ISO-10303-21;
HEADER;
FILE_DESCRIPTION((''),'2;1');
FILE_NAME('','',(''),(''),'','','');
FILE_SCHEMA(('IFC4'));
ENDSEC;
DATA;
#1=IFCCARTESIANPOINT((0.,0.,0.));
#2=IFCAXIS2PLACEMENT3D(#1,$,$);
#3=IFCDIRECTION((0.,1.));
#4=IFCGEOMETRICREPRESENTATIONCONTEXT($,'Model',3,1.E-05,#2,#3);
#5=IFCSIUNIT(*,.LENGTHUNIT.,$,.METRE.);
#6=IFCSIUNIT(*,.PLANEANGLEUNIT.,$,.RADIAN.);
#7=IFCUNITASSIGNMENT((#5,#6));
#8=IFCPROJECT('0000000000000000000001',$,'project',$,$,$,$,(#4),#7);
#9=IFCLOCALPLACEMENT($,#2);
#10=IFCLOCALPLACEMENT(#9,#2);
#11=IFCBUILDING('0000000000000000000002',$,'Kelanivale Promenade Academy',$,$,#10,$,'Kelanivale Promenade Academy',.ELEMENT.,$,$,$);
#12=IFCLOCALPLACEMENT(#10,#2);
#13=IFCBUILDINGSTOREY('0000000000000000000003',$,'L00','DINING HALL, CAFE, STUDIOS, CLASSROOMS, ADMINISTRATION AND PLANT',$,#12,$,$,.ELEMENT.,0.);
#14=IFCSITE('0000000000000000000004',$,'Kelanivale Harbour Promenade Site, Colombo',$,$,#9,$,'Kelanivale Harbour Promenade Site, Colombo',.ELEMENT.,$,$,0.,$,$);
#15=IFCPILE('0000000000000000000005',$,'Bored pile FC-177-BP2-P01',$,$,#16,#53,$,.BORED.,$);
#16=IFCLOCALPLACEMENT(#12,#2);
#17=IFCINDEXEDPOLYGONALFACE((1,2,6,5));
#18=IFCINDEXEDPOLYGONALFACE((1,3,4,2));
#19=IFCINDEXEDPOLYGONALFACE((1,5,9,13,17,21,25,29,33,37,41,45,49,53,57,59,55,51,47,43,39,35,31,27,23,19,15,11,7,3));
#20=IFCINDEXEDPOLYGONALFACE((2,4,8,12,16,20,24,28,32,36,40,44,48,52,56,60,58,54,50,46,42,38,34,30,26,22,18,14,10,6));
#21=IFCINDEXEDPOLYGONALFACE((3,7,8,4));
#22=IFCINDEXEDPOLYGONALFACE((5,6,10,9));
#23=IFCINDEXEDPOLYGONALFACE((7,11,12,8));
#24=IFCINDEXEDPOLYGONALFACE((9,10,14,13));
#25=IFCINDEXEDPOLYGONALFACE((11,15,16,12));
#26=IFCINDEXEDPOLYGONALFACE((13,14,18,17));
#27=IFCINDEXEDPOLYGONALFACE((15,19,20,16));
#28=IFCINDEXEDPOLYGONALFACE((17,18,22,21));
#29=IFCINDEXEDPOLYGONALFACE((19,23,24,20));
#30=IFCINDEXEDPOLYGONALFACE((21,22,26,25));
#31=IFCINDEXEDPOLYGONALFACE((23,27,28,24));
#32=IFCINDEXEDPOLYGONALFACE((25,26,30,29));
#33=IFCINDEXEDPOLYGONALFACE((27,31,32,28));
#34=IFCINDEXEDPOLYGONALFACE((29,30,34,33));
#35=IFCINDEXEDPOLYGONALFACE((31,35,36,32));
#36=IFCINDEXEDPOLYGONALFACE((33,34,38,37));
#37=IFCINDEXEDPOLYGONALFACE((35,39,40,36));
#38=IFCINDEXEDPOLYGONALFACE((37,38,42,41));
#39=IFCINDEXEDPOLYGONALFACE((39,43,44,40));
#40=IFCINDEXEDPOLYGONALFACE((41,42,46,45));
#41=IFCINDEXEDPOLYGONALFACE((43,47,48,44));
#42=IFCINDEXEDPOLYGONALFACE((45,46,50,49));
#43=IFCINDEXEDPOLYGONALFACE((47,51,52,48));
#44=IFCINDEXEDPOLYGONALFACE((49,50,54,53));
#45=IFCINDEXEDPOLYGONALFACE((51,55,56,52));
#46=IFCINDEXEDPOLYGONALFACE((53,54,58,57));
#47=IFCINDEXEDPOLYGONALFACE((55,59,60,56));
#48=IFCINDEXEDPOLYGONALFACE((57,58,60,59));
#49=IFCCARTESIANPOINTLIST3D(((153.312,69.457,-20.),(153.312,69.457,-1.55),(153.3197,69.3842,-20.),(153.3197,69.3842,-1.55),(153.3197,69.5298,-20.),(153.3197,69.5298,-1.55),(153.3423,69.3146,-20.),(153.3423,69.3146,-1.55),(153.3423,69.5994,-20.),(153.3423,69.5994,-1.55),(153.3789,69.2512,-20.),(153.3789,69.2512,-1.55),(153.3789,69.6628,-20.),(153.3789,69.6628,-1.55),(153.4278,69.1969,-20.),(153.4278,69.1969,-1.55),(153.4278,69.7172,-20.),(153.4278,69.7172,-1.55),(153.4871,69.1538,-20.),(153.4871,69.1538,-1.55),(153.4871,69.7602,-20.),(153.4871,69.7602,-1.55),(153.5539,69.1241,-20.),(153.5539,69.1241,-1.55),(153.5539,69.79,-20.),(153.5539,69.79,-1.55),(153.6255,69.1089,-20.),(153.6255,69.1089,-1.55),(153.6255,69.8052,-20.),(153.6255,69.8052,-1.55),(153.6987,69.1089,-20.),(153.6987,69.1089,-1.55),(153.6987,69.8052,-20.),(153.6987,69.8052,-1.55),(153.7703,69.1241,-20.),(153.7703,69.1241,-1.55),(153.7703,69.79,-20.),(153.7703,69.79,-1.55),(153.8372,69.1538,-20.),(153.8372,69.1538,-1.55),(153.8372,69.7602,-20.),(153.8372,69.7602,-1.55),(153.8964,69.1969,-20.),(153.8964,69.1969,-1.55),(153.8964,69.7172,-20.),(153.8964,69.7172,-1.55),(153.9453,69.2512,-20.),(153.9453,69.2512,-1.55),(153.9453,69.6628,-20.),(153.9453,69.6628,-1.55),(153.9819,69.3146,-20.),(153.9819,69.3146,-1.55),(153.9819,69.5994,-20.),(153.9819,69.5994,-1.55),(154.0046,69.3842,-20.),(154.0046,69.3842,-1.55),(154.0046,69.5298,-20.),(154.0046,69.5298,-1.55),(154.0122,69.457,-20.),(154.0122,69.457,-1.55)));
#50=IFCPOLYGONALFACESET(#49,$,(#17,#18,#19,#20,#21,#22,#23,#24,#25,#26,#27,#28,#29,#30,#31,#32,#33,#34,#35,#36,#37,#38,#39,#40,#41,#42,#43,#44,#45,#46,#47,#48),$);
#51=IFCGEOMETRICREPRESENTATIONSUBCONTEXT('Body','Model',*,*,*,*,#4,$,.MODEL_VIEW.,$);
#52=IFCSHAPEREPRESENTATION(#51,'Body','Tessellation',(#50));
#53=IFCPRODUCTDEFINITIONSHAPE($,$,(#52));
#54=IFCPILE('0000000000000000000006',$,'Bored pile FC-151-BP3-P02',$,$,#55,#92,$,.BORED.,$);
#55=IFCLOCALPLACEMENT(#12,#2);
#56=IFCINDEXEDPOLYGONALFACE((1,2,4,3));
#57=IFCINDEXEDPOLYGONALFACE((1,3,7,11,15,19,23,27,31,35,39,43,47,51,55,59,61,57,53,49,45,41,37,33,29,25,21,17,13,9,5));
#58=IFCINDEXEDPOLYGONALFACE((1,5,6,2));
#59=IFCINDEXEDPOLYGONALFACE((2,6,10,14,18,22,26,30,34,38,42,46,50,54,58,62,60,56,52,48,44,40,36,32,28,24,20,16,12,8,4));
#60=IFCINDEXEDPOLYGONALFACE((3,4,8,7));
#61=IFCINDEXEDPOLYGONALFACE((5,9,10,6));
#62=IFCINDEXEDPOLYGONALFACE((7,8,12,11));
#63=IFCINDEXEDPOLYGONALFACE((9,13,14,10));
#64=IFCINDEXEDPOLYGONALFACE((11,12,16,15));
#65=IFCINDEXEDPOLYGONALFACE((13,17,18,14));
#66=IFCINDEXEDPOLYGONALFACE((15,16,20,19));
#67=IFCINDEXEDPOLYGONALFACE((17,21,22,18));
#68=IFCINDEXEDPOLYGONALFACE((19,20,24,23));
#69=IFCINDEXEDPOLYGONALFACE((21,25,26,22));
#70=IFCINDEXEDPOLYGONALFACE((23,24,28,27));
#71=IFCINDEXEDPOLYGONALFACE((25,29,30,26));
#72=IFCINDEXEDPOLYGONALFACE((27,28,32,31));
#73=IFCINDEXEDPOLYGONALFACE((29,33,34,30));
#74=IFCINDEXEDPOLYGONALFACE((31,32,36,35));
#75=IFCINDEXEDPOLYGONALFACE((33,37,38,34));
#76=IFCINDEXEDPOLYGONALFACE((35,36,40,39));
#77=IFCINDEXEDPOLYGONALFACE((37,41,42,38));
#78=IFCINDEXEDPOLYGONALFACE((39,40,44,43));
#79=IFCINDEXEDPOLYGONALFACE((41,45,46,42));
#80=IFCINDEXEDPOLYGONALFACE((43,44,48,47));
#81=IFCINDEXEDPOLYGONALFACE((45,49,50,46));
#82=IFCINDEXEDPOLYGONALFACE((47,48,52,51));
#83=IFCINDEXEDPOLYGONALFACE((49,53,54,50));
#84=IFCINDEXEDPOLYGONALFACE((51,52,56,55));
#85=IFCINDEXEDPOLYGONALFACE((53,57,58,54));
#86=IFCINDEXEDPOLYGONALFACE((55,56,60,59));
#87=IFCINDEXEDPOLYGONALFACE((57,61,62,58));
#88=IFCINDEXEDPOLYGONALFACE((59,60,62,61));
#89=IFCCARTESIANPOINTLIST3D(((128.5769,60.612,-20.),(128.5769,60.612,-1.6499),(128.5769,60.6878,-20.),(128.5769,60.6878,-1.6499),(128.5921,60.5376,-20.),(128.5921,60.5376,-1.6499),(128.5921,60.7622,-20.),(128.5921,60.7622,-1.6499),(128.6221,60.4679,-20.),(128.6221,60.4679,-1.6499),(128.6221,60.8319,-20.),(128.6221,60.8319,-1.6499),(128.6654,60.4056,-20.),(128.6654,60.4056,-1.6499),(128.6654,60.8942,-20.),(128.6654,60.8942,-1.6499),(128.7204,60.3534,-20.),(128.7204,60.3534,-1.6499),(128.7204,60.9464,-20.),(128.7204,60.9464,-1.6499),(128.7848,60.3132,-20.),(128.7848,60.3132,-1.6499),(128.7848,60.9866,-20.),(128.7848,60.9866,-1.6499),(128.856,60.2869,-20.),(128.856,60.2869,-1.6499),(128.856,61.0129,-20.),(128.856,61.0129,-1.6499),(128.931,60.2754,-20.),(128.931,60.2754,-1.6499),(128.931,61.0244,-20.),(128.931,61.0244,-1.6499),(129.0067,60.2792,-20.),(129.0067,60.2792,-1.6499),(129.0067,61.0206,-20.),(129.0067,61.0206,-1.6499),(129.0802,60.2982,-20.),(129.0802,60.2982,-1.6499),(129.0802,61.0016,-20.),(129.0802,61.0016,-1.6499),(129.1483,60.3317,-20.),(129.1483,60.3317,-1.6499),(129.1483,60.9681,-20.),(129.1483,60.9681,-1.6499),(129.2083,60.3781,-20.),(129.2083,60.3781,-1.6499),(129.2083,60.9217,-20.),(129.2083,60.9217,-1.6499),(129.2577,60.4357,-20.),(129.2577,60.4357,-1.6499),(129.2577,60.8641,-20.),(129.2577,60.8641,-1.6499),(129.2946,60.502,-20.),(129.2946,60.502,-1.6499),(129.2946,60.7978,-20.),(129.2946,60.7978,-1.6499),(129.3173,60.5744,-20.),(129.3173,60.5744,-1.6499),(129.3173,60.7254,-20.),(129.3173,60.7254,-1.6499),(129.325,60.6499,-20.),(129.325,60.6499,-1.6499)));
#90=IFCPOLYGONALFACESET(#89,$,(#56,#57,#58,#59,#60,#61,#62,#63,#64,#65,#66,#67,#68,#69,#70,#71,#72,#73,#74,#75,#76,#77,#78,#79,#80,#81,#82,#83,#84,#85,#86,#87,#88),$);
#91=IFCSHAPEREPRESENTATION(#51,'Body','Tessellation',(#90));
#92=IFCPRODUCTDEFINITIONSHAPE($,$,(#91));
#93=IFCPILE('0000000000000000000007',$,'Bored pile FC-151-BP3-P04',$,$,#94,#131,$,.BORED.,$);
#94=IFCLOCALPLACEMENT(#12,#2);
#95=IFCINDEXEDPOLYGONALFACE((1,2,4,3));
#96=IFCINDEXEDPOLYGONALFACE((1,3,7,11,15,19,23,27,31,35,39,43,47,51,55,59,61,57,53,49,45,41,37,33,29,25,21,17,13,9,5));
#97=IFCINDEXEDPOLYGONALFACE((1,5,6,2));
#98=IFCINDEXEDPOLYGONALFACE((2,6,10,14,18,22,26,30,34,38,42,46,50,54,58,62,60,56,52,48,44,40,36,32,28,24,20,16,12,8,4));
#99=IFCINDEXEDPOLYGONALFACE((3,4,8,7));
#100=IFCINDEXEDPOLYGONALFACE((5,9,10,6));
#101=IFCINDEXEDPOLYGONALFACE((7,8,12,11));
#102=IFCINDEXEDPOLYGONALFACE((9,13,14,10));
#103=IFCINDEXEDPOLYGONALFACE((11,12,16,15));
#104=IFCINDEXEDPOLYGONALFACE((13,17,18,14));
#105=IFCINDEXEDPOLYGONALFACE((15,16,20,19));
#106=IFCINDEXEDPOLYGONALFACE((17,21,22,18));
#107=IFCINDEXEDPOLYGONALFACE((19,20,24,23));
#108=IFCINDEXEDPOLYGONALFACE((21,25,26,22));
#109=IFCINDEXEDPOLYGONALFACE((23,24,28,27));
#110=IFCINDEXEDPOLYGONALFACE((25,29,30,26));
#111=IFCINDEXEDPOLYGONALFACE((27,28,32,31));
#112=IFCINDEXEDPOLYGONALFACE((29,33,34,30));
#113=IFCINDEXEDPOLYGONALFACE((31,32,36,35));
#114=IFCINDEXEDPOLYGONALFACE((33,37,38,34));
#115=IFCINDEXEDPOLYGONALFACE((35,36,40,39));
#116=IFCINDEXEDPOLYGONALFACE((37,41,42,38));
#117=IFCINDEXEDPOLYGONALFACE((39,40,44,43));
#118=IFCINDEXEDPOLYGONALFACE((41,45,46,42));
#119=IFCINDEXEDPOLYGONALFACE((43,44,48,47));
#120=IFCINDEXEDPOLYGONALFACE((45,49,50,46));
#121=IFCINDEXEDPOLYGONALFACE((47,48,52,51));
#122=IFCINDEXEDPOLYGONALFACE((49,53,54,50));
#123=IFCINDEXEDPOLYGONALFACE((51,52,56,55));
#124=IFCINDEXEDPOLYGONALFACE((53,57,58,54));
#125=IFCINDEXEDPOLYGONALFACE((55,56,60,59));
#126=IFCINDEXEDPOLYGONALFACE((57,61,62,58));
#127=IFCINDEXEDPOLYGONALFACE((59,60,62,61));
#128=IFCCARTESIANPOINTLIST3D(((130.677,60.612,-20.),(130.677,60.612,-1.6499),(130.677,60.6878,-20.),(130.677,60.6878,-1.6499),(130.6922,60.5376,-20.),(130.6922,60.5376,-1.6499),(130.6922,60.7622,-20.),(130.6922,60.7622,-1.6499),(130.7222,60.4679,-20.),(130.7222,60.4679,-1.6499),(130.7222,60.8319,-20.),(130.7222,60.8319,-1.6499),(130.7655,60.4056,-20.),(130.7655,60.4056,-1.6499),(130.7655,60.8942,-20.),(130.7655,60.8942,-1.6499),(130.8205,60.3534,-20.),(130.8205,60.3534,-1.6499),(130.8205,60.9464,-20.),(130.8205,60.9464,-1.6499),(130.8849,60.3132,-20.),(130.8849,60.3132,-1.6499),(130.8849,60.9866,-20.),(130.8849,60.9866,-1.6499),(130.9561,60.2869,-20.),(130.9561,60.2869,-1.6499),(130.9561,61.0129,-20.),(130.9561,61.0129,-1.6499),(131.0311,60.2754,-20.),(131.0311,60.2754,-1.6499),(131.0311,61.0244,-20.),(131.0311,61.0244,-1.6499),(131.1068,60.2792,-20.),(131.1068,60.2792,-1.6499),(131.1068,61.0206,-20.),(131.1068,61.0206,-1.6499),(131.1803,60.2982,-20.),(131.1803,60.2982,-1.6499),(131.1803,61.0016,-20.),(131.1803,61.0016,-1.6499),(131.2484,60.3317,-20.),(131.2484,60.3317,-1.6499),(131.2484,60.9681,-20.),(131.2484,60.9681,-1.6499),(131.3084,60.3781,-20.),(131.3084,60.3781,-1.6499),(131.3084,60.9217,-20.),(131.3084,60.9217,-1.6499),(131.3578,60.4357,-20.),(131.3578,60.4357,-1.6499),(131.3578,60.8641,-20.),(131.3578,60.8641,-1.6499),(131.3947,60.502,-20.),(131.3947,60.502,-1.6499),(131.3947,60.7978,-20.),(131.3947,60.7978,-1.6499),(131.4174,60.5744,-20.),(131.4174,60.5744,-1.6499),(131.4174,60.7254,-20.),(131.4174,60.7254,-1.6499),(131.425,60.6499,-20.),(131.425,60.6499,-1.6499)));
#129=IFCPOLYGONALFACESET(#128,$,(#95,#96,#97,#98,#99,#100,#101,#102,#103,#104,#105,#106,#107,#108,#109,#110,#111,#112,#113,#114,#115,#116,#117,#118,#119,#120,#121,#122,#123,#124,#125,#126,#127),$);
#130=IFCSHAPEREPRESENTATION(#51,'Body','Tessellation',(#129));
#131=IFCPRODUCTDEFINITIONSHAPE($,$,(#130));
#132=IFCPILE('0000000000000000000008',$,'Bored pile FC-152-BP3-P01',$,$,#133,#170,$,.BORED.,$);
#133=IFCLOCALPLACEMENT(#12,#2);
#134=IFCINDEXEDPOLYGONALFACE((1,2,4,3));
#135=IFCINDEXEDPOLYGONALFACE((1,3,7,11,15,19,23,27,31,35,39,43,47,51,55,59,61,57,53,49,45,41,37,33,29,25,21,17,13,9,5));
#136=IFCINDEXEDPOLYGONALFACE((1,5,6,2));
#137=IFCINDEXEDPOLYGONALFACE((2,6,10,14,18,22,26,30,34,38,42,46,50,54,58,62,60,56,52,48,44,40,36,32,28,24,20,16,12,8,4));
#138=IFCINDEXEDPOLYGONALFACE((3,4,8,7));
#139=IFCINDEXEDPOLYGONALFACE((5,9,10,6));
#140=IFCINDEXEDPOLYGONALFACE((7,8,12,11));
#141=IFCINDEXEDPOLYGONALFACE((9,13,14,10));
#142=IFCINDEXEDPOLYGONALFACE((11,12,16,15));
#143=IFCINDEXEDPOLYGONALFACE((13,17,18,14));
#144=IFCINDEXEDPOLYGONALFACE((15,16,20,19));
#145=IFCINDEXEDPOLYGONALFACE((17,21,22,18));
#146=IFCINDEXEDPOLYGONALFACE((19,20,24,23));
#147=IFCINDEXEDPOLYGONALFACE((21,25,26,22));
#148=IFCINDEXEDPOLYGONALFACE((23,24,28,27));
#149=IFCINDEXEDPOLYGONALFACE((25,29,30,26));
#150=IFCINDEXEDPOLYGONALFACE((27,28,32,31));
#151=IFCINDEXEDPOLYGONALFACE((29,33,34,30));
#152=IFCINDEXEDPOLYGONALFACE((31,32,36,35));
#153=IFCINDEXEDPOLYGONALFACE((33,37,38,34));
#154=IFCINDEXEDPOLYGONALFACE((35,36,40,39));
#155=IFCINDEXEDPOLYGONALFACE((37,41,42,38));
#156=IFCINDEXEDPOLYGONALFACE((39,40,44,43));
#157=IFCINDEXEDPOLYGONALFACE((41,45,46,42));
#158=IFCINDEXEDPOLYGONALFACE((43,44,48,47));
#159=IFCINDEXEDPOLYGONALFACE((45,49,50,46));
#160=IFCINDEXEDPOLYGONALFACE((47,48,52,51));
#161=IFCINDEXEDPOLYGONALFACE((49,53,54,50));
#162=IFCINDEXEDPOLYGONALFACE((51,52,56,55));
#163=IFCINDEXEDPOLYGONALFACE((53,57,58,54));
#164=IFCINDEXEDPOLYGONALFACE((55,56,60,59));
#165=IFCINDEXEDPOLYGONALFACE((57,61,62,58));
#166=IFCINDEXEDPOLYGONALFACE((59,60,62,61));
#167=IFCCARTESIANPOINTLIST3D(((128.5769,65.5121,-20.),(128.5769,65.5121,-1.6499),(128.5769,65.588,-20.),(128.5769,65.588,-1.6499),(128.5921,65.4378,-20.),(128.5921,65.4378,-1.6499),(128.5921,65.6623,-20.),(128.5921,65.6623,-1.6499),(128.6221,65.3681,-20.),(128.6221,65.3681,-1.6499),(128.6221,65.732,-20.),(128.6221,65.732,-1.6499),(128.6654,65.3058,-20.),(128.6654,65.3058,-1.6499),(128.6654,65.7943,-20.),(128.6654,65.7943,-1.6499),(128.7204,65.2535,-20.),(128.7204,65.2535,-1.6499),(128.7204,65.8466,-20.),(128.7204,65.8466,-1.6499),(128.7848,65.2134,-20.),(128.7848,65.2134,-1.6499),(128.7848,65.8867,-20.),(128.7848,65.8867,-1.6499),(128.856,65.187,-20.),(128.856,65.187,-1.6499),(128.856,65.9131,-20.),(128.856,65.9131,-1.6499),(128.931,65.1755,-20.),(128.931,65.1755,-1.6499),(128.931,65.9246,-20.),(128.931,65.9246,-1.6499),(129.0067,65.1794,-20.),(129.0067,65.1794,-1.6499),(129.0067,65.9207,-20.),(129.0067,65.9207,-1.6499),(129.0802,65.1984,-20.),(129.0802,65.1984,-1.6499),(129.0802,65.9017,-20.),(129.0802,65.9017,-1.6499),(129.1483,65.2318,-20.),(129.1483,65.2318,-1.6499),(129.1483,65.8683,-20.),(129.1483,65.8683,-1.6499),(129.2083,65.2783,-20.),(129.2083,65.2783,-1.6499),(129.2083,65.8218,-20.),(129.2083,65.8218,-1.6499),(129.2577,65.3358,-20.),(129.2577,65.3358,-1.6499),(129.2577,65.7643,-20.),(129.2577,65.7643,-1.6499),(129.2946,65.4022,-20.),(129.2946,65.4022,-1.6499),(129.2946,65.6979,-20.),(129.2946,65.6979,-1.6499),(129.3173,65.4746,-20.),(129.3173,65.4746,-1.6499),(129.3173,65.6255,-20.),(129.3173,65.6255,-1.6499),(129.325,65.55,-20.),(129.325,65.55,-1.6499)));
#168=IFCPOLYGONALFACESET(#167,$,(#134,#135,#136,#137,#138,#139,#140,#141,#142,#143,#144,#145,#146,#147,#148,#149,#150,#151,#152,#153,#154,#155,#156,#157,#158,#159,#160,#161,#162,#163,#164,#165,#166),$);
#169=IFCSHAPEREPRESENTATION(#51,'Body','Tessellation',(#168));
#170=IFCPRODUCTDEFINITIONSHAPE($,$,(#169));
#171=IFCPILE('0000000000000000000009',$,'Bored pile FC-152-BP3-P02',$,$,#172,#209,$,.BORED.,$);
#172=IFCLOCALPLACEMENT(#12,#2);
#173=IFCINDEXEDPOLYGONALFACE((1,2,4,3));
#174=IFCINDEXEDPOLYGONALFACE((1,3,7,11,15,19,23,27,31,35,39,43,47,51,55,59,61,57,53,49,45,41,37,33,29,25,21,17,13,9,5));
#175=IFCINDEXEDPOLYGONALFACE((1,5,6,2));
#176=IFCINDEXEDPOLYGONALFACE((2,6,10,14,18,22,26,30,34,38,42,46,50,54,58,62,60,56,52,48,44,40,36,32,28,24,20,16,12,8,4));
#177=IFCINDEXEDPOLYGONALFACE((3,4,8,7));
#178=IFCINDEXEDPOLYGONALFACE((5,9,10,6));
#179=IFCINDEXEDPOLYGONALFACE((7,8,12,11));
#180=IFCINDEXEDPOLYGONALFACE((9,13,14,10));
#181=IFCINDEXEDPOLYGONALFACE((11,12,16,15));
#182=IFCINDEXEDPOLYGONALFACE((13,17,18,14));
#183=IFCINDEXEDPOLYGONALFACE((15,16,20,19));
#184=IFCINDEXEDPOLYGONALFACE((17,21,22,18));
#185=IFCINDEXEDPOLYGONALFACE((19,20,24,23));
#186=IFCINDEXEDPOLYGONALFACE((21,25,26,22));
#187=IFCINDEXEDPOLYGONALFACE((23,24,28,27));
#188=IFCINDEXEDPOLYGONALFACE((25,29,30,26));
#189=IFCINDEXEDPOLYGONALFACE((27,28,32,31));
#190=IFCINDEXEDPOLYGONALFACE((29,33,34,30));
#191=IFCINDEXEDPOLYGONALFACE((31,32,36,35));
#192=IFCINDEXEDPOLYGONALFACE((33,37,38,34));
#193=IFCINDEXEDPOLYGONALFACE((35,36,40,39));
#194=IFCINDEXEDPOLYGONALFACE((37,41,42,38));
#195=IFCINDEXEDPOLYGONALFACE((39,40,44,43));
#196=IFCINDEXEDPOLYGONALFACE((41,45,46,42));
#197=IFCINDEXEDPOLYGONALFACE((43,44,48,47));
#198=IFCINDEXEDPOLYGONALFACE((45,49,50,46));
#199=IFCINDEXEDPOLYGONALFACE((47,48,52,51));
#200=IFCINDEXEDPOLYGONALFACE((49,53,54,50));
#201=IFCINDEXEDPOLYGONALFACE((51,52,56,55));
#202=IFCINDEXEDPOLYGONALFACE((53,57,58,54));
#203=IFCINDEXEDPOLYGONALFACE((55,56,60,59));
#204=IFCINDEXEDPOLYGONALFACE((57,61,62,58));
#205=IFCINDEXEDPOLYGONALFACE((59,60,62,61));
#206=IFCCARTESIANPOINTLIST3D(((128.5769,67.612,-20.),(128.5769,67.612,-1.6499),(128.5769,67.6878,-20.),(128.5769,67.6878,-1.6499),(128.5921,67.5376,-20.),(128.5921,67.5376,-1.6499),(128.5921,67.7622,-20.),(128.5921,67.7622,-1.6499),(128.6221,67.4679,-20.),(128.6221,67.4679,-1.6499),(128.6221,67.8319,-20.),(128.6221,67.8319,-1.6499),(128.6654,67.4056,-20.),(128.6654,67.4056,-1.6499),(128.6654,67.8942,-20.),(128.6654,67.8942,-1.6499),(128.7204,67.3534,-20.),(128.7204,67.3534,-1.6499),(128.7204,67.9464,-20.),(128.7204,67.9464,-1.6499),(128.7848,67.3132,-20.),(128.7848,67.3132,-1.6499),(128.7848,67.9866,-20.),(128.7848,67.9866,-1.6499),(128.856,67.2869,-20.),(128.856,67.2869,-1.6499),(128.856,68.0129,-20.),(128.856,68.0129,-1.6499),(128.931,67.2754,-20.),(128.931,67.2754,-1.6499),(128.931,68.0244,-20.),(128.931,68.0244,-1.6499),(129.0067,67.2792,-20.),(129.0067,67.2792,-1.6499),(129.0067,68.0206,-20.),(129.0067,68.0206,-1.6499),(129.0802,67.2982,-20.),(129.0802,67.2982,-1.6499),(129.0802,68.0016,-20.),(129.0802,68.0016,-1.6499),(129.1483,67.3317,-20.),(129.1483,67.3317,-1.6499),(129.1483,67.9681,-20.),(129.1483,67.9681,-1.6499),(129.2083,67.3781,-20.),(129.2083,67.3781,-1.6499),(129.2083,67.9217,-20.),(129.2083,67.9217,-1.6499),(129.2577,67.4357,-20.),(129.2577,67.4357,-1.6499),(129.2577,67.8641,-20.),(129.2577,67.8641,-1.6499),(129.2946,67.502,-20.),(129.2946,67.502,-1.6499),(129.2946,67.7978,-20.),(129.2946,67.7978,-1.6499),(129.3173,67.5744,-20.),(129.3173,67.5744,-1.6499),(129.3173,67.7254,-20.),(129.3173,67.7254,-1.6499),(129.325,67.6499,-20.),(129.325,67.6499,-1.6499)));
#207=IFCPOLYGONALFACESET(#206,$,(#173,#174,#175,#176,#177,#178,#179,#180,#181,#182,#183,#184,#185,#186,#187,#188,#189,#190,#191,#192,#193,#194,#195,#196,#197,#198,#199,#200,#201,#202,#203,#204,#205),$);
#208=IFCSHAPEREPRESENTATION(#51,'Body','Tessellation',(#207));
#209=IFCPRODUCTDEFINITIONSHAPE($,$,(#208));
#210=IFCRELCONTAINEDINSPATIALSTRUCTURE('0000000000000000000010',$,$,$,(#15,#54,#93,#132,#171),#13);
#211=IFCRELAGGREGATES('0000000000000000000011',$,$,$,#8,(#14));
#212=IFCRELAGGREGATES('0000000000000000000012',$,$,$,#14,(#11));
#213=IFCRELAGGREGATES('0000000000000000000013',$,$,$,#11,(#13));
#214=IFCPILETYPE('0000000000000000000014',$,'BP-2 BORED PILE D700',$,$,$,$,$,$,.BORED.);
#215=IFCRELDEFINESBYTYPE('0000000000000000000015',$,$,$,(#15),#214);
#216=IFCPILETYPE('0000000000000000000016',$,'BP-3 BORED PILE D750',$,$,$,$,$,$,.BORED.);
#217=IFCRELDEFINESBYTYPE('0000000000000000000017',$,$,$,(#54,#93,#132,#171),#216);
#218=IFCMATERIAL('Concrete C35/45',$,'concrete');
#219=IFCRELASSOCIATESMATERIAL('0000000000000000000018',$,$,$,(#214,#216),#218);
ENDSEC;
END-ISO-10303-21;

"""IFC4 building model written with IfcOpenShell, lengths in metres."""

from ifc_helpers import new_model, si_unit, direction, frame, origin, origin_2d, place, context, subcontext, project, spatial, circle, extrude, material, material_profile, profile_set, type_object, element, save


model = new_model("IFC4")

# Units and contexts
model_context = context("Model", 3, precision=1e-05, world=origin(), true_north=direction((0.0, 1.0)))
body_context = subcontext(model_context, "Body", "Model", "MODEL_VIEW")
ifc_project = project(units=[si_unit("LENGTHUNIT", "METRE"), si_unit("PLANEANGLEUNIT", "RADIAN")], contexts=[model_context])

# Site, building, storey
site_placement = place(None, origin())
site = spatial("IfcSite", under=ifc_project, at=site_placement, Name="Kelanivale Harbour Promenade Site, Colombo", LongName="Kelanivale Harbour Promenade Site, Colombo", CompositionType="ELEMENT", RefElevation=0.0)
building_placement = place(site_placement, origin())
building = spatial("IfcBuilding", under=site, at=building_placement, Name="Kelanivale Promenade Academy", LongName="Kelanivale Promenade Academy", CompositionType="ELEMENT")
storey_placement = place(building_placement, origin())
storey = spatial("IfcBuildingStorey", under=building, at=storey_placement, Name="L00", Description="DINING HALL, CAFE, STUDIOS, CLASSROOMS, ADMINISTRATION AND PLANT", CompositionType="ELEMENT", Elevation=0.0)

# Piles
ifc_material_1 = material(Name="Concrete C35/45", Category="concrete")
ifc_material_profile_1 = material_profile(ifc_material_1, circle(Radius=0.3501, at=origin_2d()), Name="BORED PILE D700")
ifc_profile_set_1 = profile_set([ifc_material_profile_1], Name="Concrete C35/45")
pile_type_1 = type_object("IfcPileType", Name="BP-2 BORED PILE D700", PredefinedType="BORED", material=ifc_profile_set_1)
pile_placement = place(storey_placement, frame((153.6621, 69.457, -1.55), z_axis=(0.0, 0.0, -1.0), x_axis=(1.0, 0.0, 0.0)))
element("IfcPile", 1, at=pile_placement, inside=storey, type_object=pile_type_1, Name="Bored pile FC-177-BP2-P01", PredefinedType="BORED", context=body_context, shape_type="SweptSolid", body=[
    extrude(circle(Radius=0.3501, at=origin_2d()), origin(), (0.0, 0.0, 1.0), 18.45),
])
ifc_material_profile_2 = material_profile(ifc_material_1, circle(Radius=0.375, at=origin_2d()), Name="BORED PILE D750")
ifc_profile_set_2 = profile_set([ifc_material_profile_2], Name="Concrete C35/45")
pile_type_2 = type_object("IfcPileType", Name="BP-3 BORED PILE D750", PredefinedType="BORED", material=ifc_profile_set_2)
for number, where, z_axis, x_axis, name in (
    (2, (128.95, 60.6499, -1.6499), (0.0, 0.0, -1.0), (1.0, 0.0, 0.0), "Bored pile FC-151-BP3-P02"),
    (3, (131.05, 60.6499, -1.6499), (0.0, 0.0, -1.0), (1.0, 0.0, 0.0), "Bored pile FC-151-BP3-P04"),
    (4, (128.95, 65.55, -1.6499), (0.0, 0.0, -1.0), (1.0, 0.0, 0.0), "Bored pile FC-152-BP3-P01"),
    (5, (128.95, 67.6499, -1.6499), (0.0, 0.0, -1.0), (1.0, 0.0, 0.0), "Bored pile FC-152-BP3-P02"),
):
    element("IfcPile", number, at=place(storey_placement, frame(where, z_axis=z_axis, x_axis=x_axis)), inside=storey, type_object=pile_type_2, Name=name, PredefinedType="BORED", context=body_context, shape_type="SweptSolid", body=[
        extrude(circle(Radius=0.375, at=origin_2d()), origin(), (0.0, 0.0, 1.0), 18.3501),
    ])

save(model, "model.ifc")
